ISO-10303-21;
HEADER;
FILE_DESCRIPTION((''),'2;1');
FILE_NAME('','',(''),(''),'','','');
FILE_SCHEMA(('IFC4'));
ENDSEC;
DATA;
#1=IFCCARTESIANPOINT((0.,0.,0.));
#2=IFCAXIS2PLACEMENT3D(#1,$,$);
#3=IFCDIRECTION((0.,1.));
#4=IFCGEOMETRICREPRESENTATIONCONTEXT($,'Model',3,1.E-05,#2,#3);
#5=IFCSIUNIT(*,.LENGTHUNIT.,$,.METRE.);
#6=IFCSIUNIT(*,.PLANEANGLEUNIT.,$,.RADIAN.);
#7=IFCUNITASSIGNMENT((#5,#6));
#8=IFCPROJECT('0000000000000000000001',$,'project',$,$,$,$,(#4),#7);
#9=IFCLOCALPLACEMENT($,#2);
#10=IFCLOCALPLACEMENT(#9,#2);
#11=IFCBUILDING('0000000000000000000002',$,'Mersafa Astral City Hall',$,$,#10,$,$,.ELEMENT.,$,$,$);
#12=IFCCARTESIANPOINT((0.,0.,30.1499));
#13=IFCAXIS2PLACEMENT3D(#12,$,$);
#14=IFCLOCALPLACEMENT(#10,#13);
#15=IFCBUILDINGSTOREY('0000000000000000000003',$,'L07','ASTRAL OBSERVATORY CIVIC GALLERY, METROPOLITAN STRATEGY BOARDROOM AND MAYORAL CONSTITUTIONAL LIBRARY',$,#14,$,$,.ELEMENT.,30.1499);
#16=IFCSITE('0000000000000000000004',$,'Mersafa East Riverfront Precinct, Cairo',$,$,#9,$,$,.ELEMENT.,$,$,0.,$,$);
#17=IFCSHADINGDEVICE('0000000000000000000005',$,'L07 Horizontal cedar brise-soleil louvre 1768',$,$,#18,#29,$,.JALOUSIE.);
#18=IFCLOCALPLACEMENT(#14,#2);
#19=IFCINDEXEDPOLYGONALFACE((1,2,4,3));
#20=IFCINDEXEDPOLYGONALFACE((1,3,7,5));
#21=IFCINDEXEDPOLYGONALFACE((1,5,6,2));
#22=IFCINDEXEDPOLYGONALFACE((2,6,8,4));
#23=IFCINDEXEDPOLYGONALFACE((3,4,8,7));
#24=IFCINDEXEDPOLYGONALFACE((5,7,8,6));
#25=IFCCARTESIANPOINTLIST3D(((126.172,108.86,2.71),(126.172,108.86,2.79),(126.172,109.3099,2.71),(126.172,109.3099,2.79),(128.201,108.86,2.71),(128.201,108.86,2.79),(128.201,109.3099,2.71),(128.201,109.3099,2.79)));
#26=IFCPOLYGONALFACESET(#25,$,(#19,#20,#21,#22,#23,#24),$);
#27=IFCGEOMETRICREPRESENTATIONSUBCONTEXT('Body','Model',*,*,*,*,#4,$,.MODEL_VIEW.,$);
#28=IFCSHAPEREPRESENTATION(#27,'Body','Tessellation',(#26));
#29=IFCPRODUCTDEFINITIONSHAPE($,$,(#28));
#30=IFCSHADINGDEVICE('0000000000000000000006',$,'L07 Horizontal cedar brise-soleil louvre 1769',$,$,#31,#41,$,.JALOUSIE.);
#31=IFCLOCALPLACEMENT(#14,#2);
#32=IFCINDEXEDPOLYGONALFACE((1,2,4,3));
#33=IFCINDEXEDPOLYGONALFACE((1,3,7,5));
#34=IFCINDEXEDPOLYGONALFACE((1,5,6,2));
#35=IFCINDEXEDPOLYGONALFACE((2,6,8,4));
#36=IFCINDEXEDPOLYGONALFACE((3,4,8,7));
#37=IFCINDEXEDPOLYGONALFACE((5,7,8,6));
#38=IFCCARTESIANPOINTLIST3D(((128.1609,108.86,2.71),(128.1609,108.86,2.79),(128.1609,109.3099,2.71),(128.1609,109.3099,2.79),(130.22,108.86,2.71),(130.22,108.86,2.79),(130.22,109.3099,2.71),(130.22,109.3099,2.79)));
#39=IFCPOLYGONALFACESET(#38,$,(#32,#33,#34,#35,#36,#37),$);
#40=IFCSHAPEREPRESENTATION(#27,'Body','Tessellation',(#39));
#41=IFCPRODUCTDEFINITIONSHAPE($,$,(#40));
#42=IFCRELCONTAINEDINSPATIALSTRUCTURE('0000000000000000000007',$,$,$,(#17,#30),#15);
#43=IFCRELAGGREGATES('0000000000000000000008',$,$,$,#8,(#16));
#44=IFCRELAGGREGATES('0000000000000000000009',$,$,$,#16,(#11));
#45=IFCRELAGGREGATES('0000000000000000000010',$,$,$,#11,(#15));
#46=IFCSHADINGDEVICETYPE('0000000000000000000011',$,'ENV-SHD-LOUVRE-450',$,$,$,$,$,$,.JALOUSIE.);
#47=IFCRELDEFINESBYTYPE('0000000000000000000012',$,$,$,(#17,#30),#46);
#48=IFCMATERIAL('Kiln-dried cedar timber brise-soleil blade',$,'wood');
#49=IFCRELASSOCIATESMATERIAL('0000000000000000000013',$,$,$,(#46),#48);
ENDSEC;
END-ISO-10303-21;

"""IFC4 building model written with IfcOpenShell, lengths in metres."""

from ifc_helpers import new_model, si_unit, direction, frame, origin, origin_2d, place, context, subcontext, project, spatial, rectangle, extrude, material, type_object, element, save


model = new_model("IFC4")

# Units and contexts
model_context = context("Model", 3, precision=1e-05, world=origin(), true_north=direction((0.0, 1.0)))
body_context = subcontext(model_context, "Body", "Model", "MODEL_VIEW")
ifc_project = project(units=[si_unit("LENGTHUNIT", "METRE"), si_unit("PLANEANGLEUNIT", "RADIAN")], contexts=[model_context])

# Site, building, storey
site_placement = place(None, origin())
site = spatial("IfcSite", under=ifc_project, at=site_placement, Name="Mersafa East Riverfront Precinct, Cairo", CompositionType="ELEMENT", RefElevation=0.0)
building_placement = place(site_placement, origin())
building = spatial("IfcBuilding", under=site, at=building_placement, Name="Mersafa Astral City Hall", CompositionType="ELEMENT")
storey_placement = place(building_placement, frame((0.0, 0.0, 30.1499)))
storey = spatial("IfcBuildingStorey", under=building, at=storey_placement, Name="L07", Description="ASTRAL OBSERVATORY CIVIC GALLERY, METROPOLITAN STRATEGY BOARDROOM AND MAYORAL CONSTITUTIONAL LIBRARY", CompositionType="ELEMENT", Elevation=30.1499)

# Shading devices
ifc_material_1 = material(Name="Kiln-dried cedar timber brise-soleil blade", Category="wood")
shading_device_type = type_object("IfcShadingDeviceType", Name="ENV-SHD-LOUVRE-450", PredefinedType="JALOUSIE", material=ifc_material_1)
shading_device_1_placement = place(storey_placement, frame((127.1865, 109.085, 2.71), z_axis=(0.0, 0.0, 1.0), x_axis=(1.0, 0.0, 0.0)))
element("IfcShadingDevice", 1, at=shading_device_1_placement, inside=storey, type_object=shading_device_type, Name="L07 Horizontal cedar brise-soleil louvre 1768", PredefinedType="JALOUSIE", context=body_context, shape_type="SweptSolid", body=[
    extrude(rectangle(XDim=2.0291, YDim=0.45, at=origin_2d()), origin(), (0.0, 0.0, 1.0), 0.0801),
])
shading_device_2_placement = place(storey_placement, frame((129.1904, 109.085, 2.71), z_axis=(0.0, 0.0, 1.0), x_axis=(1.0, 0.0, 0.0)))
element("IfcShadingDevice", 2, at=shading_device_2_placement, inside=storey, type_object=shading_device_type, Name="L07 Horizontal cedar brise-soleil louvre 1769", PredefinedType="JALOUSIE", context=body_context, shape_type="SweptSolid", body=[
    extrude(rectangle(XDim=2.0591, YDim=0.45, at=origin_2d()), origin(), (0.0, 0.0, 1.0), 0.0801),
])

save(model, "model.ifc")
